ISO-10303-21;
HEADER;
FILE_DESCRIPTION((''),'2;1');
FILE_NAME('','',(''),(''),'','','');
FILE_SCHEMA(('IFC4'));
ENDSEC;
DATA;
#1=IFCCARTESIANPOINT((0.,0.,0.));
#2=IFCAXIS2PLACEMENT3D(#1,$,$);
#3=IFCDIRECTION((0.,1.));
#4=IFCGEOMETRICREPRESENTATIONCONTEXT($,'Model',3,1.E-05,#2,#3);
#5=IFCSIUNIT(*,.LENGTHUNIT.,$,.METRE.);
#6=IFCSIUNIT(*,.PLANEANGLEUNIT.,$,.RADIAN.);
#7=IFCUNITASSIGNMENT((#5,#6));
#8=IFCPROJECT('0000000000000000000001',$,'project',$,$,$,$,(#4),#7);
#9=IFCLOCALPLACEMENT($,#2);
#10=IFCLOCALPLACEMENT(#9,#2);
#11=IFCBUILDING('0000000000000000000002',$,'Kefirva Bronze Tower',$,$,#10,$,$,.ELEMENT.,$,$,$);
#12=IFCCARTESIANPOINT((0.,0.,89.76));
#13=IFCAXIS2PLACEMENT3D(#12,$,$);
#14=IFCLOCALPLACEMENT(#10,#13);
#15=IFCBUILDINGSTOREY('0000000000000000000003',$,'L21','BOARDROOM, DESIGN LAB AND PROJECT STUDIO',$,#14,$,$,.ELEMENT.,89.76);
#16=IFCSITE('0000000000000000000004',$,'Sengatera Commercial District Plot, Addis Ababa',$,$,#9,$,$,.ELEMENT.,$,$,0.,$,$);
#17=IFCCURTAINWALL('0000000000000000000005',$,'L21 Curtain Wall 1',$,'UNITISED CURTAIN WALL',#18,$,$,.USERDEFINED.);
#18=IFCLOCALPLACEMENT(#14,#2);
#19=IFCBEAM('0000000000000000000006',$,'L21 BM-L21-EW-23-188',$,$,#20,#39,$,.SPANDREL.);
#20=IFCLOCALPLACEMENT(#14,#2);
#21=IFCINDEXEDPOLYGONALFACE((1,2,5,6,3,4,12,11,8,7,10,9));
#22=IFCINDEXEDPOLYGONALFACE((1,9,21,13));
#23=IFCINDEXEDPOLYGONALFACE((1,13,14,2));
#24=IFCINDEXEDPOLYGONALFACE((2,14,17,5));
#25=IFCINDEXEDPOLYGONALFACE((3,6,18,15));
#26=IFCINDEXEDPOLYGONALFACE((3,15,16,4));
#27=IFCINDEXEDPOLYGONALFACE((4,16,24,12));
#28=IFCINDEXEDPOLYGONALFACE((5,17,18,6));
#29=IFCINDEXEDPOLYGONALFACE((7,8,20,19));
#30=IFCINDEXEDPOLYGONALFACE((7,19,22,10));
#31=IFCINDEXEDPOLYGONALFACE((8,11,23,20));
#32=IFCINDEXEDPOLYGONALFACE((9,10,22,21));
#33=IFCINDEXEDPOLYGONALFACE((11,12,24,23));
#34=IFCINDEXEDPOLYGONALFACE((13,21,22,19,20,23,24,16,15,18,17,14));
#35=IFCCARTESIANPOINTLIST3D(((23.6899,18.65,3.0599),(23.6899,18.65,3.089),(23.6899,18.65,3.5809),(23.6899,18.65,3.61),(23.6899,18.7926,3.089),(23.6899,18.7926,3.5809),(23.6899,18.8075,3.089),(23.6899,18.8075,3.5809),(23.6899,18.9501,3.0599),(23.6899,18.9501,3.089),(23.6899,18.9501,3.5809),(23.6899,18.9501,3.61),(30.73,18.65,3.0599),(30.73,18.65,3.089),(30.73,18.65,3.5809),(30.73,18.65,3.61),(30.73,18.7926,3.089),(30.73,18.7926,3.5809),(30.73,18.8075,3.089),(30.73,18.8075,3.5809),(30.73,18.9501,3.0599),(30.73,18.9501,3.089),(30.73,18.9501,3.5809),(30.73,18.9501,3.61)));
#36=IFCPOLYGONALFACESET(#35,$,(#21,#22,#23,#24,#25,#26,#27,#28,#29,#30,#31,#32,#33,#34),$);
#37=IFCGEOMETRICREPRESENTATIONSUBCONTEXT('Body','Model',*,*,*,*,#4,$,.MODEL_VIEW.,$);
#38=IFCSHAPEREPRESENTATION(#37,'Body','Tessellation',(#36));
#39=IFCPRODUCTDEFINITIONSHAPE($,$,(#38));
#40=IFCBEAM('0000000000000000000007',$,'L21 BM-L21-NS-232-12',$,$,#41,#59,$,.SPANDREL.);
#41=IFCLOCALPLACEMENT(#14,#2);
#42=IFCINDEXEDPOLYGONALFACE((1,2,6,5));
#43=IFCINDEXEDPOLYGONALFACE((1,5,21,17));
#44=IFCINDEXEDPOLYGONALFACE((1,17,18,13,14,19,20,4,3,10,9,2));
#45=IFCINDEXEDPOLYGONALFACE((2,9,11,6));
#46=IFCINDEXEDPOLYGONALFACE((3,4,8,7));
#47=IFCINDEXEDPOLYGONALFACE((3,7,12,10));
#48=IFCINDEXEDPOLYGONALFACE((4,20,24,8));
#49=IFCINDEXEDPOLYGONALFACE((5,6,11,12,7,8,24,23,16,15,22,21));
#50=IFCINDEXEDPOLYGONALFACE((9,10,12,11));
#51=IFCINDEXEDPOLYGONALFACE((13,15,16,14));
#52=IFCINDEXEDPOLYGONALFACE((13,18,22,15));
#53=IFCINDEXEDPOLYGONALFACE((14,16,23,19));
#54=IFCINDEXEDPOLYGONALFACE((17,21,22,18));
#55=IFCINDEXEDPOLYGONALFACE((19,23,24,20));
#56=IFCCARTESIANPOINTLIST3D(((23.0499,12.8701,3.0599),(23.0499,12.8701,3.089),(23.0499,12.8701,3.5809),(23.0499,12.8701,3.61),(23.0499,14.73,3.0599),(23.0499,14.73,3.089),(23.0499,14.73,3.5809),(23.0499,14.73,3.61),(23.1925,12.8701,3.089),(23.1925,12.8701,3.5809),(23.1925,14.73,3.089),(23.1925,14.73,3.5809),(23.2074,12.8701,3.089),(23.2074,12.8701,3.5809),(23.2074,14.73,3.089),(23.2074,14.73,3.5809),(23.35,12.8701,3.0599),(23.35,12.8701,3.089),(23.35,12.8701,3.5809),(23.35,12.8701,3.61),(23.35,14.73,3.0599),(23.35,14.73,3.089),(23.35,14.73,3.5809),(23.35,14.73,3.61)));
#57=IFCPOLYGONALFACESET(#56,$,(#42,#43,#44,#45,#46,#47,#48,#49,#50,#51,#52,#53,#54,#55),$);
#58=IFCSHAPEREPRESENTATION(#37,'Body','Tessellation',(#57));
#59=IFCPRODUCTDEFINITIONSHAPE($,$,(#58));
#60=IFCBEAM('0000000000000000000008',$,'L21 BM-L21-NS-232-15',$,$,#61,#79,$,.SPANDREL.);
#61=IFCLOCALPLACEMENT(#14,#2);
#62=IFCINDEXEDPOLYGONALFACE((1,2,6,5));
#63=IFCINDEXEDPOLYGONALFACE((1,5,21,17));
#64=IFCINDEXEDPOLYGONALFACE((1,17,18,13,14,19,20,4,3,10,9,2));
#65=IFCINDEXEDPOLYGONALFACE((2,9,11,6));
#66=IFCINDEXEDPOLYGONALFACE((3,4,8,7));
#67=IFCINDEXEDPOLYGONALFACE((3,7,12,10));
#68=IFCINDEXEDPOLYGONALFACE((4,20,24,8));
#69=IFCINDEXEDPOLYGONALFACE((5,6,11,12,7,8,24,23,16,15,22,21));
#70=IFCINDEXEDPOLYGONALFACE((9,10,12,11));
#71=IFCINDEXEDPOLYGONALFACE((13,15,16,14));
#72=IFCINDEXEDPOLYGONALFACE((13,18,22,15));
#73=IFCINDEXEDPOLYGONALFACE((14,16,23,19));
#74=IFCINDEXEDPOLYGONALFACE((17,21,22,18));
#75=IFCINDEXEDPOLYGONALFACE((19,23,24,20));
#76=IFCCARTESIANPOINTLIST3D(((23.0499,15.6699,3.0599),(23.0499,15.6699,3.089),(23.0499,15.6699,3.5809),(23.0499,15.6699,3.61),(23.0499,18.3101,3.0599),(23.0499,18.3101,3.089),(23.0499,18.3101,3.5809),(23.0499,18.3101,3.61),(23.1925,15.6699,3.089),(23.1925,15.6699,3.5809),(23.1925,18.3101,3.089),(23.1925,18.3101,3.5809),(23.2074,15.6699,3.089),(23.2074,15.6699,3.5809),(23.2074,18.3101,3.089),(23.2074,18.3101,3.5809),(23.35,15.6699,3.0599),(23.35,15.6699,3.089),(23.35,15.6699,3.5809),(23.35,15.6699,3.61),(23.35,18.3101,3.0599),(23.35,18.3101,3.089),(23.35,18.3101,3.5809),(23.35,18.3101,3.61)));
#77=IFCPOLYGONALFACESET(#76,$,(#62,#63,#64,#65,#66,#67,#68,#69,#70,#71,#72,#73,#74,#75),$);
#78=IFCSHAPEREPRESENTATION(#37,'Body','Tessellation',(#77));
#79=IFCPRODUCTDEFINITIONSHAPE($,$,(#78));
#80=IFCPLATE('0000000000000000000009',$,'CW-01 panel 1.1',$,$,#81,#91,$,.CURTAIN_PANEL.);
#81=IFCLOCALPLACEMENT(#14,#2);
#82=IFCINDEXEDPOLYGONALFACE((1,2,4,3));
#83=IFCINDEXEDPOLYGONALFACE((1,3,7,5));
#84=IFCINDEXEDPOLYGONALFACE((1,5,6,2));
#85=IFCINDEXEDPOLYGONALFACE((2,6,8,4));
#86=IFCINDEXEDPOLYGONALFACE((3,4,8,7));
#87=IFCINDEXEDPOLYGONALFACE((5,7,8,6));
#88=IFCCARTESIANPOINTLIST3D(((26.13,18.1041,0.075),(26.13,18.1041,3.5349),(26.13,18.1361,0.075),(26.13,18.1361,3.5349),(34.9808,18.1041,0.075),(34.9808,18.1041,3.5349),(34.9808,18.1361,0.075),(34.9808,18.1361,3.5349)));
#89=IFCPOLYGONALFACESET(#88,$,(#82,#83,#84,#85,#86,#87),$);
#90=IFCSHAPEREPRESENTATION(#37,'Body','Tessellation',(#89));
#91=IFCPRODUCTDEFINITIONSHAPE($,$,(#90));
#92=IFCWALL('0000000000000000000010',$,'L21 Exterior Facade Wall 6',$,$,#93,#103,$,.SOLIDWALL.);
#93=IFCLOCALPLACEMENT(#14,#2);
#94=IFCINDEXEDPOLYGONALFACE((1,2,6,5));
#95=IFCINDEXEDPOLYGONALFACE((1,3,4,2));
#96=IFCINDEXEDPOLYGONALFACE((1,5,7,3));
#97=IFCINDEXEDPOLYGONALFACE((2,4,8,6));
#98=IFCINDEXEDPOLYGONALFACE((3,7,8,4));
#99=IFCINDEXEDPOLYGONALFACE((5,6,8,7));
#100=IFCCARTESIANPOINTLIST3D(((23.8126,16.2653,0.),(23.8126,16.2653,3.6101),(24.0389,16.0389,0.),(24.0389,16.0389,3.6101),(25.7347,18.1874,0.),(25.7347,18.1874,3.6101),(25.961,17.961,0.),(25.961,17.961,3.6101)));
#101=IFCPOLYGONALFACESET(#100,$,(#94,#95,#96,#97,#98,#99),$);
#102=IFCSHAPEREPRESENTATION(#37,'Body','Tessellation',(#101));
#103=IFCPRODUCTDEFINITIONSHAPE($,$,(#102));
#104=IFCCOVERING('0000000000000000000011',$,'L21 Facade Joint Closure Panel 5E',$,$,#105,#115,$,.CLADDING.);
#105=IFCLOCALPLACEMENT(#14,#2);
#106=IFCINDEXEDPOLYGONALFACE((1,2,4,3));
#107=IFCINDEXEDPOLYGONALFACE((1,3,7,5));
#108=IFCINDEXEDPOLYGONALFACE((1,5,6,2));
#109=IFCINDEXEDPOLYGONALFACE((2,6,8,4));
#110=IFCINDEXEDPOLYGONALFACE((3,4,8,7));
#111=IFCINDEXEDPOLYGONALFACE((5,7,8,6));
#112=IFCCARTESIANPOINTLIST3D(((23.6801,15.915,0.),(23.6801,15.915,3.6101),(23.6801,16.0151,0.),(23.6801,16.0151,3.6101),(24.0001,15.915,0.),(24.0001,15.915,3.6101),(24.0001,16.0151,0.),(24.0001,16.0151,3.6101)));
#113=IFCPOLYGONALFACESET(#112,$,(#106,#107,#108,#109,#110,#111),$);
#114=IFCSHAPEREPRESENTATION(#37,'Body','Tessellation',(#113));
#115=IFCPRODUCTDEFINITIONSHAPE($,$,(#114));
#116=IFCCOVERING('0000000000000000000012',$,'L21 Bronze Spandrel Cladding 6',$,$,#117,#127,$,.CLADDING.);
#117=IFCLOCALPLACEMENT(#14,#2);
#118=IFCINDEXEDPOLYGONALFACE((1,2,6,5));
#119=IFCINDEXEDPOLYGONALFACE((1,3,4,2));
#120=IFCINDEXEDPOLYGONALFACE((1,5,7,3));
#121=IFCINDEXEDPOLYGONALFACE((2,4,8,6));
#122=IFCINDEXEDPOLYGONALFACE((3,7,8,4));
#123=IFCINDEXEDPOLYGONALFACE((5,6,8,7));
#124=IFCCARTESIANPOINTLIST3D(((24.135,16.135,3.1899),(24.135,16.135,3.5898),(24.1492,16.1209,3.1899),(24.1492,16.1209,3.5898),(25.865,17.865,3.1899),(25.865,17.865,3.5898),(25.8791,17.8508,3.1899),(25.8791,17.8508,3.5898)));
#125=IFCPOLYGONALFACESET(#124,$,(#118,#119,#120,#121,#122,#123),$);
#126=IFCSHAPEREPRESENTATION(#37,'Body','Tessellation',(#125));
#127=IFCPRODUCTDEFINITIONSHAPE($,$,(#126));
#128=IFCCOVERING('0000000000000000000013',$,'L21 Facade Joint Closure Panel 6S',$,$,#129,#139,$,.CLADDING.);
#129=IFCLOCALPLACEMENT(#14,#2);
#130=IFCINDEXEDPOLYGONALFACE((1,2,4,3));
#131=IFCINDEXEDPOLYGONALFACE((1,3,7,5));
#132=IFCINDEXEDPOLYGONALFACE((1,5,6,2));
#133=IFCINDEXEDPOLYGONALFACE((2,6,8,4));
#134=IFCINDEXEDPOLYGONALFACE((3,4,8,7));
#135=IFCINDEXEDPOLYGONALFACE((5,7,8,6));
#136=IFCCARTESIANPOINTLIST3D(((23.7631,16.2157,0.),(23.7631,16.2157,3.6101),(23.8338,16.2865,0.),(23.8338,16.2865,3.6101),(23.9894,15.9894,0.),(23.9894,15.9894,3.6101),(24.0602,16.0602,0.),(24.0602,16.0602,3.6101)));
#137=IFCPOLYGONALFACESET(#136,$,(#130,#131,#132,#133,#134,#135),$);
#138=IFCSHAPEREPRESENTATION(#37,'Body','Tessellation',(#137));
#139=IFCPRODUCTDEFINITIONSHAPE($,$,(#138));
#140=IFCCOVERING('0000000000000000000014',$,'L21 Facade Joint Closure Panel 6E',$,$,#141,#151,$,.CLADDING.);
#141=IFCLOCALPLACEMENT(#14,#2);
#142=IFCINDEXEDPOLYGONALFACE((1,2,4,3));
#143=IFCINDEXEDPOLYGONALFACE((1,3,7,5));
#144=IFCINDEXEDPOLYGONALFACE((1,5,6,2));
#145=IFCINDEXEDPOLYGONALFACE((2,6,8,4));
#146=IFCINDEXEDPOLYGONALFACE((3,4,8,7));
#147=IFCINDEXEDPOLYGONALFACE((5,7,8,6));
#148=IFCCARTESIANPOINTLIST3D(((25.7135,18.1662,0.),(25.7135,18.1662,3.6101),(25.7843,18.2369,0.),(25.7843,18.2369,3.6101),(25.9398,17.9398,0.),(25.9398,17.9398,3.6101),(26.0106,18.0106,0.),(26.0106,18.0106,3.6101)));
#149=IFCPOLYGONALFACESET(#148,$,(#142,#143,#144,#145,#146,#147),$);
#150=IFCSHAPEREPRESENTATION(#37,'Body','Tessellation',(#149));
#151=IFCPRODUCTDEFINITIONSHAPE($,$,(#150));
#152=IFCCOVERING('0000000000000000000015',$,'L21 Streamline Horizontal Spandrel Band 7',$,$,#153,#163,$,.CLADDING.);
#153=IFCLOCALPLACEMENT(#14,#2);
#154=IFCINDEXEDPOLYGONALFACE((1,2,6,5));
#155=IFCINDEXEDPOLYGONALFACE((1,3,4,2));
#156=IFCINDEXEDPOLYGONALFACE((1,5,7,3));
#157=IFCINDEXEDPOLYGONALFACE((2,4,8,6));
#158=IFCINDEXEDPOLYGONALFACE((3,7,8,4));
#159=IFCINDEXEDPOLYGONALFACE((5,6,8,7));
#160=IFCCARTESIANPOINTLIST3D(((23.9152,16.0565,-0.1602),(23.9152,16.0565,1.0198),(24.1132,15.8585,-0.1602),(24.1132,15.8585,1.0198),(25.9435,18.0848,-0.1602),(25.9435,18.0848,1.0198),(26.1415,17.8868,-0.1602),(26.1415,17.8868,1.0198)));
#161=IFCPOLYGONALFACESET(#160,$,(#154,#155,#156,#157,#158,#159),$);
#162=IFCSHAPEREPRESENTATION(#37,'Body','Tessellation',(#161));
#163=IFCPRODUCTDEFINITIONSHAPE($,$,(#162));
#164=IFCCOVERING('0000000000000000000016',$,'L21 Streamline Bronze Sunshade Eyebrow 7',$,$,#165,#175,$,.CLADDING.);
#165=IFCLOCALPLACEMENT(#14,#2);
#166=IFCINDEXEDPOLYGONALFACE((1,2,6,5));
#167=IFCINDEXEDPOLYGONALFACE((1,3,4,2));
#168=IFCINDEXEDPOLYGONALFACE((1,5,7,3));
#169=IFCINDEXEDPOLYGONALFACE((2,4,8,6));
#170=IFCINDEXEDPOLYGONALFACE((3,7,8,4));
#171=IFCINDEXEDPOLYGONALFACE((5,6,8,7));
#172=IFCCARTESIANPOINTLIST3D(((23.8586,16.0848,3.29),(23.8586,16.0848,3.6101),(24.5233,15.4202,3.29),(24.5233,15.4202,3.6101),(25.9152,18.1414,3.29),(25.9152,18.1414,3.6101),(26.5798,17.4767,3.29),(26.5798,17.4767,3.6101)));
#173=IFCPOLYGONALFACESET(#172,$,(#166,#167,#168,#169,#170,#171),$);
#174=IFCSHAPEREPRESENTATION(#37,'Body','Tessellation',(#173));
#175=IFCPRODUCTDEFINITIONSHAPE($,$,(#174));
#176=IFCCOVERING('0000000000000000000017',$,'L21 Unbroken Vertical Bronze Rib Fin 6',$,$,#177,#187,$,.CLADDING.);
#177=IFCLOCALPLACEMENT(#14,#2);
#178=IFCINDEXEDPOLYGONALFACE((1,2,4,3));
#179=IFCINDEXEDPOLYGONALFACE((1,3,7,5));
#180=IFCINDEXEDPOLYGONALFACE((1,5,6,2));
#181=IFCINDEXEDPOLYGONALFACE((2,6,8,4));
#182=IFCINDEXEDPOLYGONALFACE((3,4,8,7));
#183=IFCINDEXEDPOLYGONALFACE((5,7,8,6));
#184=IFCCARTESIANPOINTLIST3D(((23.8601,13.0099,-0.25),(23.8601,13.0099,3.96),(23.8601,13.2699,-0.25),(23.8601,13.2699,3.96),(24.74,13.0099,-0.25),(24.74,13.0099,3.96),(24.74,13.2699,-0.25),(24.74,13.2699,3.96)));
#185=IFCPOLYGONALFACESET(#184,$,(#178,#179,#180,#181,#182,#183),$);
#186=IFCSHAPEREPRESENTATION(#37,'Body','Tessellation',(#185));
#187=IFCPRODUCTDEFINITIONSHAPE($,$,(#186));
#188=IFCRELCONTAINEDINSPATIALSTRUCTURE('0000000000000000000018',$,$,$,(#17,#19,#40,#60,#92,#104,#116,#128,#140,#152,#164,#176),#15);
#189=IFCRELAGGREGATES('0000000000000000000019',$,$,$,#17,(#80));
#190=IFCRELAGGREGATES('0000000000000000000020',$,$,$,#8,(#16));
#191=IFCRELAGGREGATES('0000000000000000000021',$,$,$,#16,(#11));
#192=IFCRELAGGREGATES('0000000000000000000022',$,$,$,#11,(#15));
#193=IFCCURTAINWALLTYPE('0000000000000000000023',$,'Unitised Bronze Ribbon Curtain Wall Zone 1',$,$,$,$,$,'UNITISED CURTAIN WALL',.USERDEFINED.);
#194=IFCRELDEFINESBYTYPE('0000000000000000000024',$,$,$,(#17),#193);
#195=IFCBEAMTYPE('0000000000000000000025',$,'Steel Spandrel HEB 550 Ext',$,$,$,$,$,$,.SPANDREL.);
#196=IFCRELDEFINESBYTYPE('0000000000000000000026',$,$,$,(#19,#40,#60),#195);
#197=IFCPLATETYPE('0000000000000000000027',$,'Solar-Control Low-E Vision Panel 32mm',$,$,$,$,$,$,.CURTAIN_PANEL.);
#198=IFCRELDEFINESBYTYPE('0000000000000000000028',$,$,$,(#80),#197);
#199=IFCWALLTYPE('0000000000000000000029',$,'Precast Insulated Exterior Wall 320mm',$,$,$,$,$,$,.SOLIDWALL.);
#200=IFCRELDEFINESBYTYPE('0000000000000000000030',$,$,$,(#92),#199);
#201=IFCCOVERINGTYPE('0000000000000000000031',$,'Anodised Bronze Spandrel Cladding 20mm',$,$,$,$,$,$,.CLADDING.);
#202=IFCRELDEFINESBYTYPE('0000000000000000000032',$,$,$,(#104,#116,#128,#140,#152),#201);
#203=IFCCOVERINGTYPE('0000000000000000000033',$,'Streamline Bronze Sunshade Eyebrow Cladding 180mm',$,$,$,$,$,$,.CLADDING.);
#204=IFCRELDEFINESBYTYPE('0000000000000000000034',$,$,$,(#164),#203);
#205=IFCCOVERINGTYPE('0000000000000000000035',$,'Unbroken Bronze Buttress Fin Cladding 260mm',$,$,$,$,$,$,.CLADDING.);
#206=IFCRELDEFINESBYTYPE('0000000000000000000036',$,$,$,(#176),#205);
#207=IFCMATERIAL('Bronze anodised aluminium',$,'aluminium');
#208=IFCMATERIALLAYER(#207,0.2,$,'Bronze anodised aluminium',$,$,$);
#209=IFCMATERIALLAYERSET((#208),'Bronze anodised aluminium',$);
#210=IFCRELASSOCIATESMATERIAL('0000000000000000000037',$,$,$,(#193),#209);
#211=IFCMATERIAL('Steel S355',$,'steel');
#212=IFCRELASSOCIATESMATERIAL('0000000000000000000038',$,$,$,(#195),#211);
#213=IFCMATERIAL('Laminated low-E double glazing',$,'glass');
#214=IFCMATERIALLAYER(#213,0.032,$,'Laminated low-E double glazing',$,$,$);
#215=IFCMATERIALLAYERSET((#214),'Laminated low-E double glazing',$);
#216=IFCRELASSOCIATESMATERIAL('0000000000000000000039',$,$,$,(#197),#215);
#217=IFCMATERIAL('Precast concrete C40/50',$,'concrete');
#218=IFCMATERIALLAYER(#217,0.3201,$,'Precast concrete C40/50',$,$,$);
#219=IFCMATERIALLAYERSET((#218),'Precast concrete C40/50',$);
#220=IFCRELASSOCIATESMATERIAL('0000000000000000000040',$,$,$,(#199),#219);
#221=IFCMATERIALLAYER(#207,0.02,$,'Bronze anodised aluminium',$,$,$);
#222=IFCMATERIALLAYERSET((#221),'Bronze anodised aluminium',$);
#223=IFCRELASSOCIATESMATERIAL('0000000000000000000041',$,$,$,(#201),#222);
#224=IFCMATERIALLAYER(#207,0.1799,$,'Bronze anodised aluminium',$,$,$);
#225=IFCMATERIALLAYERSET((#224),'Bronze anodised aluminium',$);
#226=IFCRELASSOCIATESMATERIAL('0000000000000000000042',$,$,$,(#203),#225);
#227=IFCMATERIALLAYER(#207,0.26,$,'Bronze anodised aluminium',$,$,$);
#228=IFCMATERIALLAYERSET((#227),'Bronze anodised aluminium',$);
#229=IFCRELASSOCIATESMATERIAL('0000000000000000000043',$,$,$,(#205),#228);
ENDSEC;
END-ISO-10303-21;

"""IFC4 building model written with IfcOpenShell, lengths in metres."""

from ifc_helpers import new_model, si_unit, direction, frame, frame_2d, origin, origin_2d, place, context, subcontext, project, spatial, rectangle, i_section, extrude, material, layer, layer_set, material_profile, profile_set, type_object, element, aggregate, save


model = new_model("IFC4")

# Units and contexts
model_context = context("Model", 3, precision=1e-05, world=origin(), true_north=direction((0.0, 1.0)))
body_context = subcontext(model_context, "Body", "Model", "MODEL_VIEW")
ifc_project = project(units=[si_unit("LENGTHUNIT", "METRE"), si_unit("PLANEANGLEUNIT", "RADIAN")], contexts=[model_context])

# Site, building, storey
site_placement = place(None, origin())
site = spatial("IfcSite", under=ifc_project, at=site_placement, Name="Sengatera Commercial District Plot, Addis Ababa", CompositionType="ELEMENT", RefElevation=0.0)
building_placement = place(site_placement, origin())
building = spatial("IfcBuilding", under=site, at=building_placement, Name="Kefirva Bronze Tower", CompositionType="ELEMENT")
storey_placement = place(building_placement, frame((0.0, 0.0, 89.76)))
storey = spatial("IfcBuildingStorey", under=building, at=storey_placement, Name="L21", Description="BOARDROOM, DESIGN LAB AND PROJECT STUDIO", CompositionType="ELEMENT", Elevation=89.76)

# Curtain wall
ifc_material_1 = material(Name="Bronze anodised aluminium", Category="aluminium")
ifc_layer_1 = layer(ifc_material_1, 0.2, Name="Bronze anodised aluminium")
ifc_layer_set_1 = layer_set([ifc_layer_1], Name="Bronze anodised aluminium")
curtain_wall_type = type_object("IfcCurtainWallType", Name="Unitised Bronze Ribbon Curtain Wall Zone 1", ElementType="UNITISED CURTAIN WALL", PredefinedType="USERDEFINED", material=ifc_layer_set_1)
curtain_wall_placement = place(storey_placement, origin())
curtain_wall = element("IfcCurtainWall", 1, at=curtain_wall_placement, inside=storey, type_object=curtain_wall_type, Name="L21 Curtain Wall 1", ObjectType="UNITISED CURTAIN WALL", PredefinedType="USERDEFINED")

# Beams
ifc_material_2 = material(Name="Steel S355", Category="steel")
ifc_material_profile_1 = material_profile(ifc_material_2, i_section(OverallWidth=0.3, OverallDepth=0.55, WebThickness=0.0149, FlangeThickness=0.0291, at=origin_2d()), Name="HEB 550")
ifc_profile_set_1 = profile_set([ifc_material_profile_1], Name="Steel S355")
beam_type_1 = type_object("IfcBeamType", Name="Steel Spandrel HEB 550 Ext", PredefinedType="SPANDREL", material=ifc_profile_set_1)
beam_1_placement = place(storey_placement, frame((23.6899, 18.8, 3.335), z_axis=(1.0, 0.0, 0.0), x_axis=(0.0, 1.0, 0.0)))
element("IfcBeam", 2, at=beam_1_placement, inside=storey, type_object=beam_type_1, Name="L21 BM-L21-EW-23-188", PredefinedType="SPANDREL", context=body_context, shape_type="SweptSolid", body=[
    extrude(i_section(OverallWidth=0.3, OverallDepth=0.55, WebThickness=0.0149, FlangeThickness=0.0291, at=origin_2d()), origin(), (0.0, 0.0, 1.0), 7.04),
])
beam_2_placement = place(storey_placement, frame((23.2, 12.8701, 3.335), z_axis=(0.0, 1.0, 0.0), x_axis=(-1.0, 0.0, 0.0)))
element("IfcBeam", 3, at=beam_2_placement, inside=storey, type_object=beam_type_1, Name="L21 BM-L21-NS-232-12", PredefinedType="SPANDREL", context=body_context, shape_type="SweptSolid", body=[
    extrude(i_section(OverallWidth=0.3, OverallDepth=0.55, WebThickness=0.0149, FlangeThickness=0.0291, at=origin_2d()), origin(), (0.0, 0.0, 1.0), 1.8599),
])
beam_3_placement = place(storey_placement, frame((23.2, 15.6699, 3.335), z_axis=(0.0, 1.0, 0.0), x_axis=(-1.0, 0.0, 0.0)))
element("IfcBeam", 4, at=beam_3_placement, inside=storey, type_object=beam_type_1, Name="L21 BM-L21-NS-232-15", PredefinedType="SPANDREL", context=body_context, shape_type="SweptSolid", body=[
    extrude(i_section(OverallWidth=0.3, OverallDepth=0.55, WebThickness=0.0149, FlangeThickness=0.0291, at=origin_2d()), origin(), (0.0, 0.0, 1.0), 2.6401),
])

# Plate
ifc_material_3 = material(Name="Laminated low-E double glazing", Category="glass")
ifc_layer_2 = layer(ifc_material_3, 0.032, Name="Laminated low-E double glazing")
ifc_layer_set_2 = layer_set([ifc_layer_2], Name="Laminated low-E double glazing")
plate_type = type_object("IfcPlateType", Name="Solar-Control Low-E Vision Panel 32mm", PredefinedType="CURTAIN_PANEL", material=ifc_layer_set_2)
plate_placement = place(storey_placement, frame((30.5554, 18.1201, 0.075), z_axis=(0.0, 0.0, 1.0), x_axis=(1.0, 0.0, 0.0)))
plate = element("IfcPlate", 5, at=plate_placement, type_object=plate_type, Name="CW-01 panel 1.1", PredefinedType="CURTAIN_PANEL", context=body_context, shape_type="SweptSolid", body=[
    extrude(rectangle(XDim=8.8508, YDim=0.032, at=origin_2d()), origin(), (0.0, 0.0, 1.0), 3.46),
])
aggregate(curtain_wall, [plate])

# Wall
ifc_material_4 = material(Name="Precast concrete C40/50", Category="concrete")
ifc_layer_3 = layer(ifc_material_4, 0.3201, Name="Precast concrete C40/50")
ifc_layer_set_3 = layer_set([ifc_layer_3], Name="Precast concrete C40/50")
wall_type = type_object("IfcWallType", Name="Precast Insulated Exterior Wall 320mm", PredefinedType="SOLIDWALL", material=ifc_layer_set_3)
wall_placement = place(storey_placement, frame((23.9258, 16.1521, 0.0), z_axis=(0.0, 0.0, 1.0), x_axis=(0.707107, 0.707107, 0.0)))
element("IfcWall", 6, at=wall_placement, inside=storey, type_object=wall_type, Name="L21 Exterior Facade Wall 6", PredefinedType="SOLIDWALL", context=body_context, shape_type="SweptSolid", body=[
    extrude(rectangle(XDim=2.7183, YDim=0.3201, at=frame_2d((1.3591, 0.0))), origin(), (0.0, 0.0, 1.0), 3.6101),
])

# Coverings
ifc_layer_4 = layer(ifc_material_1, 0.02, Name="Bronze anodised aluminium")
ifc_layer_set_4 = layer_set([ifc_layer_4], Name="Bronze anodised aluminium")
covering_type_1 = type_object("IfcCoveringType", Name="Anodised Bronze Spandrel Cladding 20mm", PredefinedType="CLADDING", material=ifc_layer_set_4)
covering_1_placement = place(storey_placement, frame((23.8401, 15.9651, 0.0), z_axis=(0.0, 0.0, 1.0), x_axis=(0.0, 1.0, 0.0)))
element("IfcCovering", 7, at=covering_1_placement, inside=storey, type_object=covering_type_1, Name="L21 Facade Joint Closure Panel 5E", PredefinedType="CLADDING", context=body_context, shape_type="SweptSolid", body=[
    extrude(rectangle(XDim=0.1001, YDim=0.3201, at=origin_2d()), origin(), (0.0, 0.0, 1.0), 3.6101),
])
covering_2_placement = place(storey_placement, frame((25.0071, 16.9929, 3.1899), z_axis=(0.0, 0.0, 1.0), x_axis=(0.707107, 0.707107, 0.0)))
element("IfcCovering", 8, at=covering_2_placement, inside=storey, type_object=covering_type_1, Name="L21 Bronze Spandrel Cladding 6", PredefinedType="CLADDING", context=body_context, shape_type="SweptSolid", body=[
    extrude(rectangle(XDim=2.4465, YDim=0.02, at=origin_2d()), origin(), (0.0, 0.0, 1.0), 0.3999),
])
for number, where, z_axis, x_axis, name in (
    (9, (23.9116, 16.1379, 0.0), (0.0, 0.0, 1.0), (0.707107, 0.707107, 0.0), "L21 Facade Joint Closure Panel 6S"),
    (10, (25.8621, 18.0884, 0.0), (0.0, 0.0, 1.0), (0.707107, 0.707107, 0.0), "L21 Facade Joint Closure Panel 6E"),
):
    element("IfcCovering", number, at=place(storey_placement, frame(where, z_axis=z_axis, x_axis=x_axis)), inside=storey, type_object=covering_type_1, Name=name, PredefinedType="CLADDING", context=body_context, shape_type="SweptSolid", body=[
        extrude(rectangle(XDim=0.1001, YDim=0.3201, at=origin_2d()), origin(), (0.0, 0.0, 1.0), 3.6101),
    ])
covering_3_placement = place(storey_placement, frame((25.0283, 16.9717, -0.1602), z_axis=(0.0, 0.0, 1.0), x_axis=(0.707107, 0.707107, 0.0)))
element("IfcCovering", 11, at=covering_3_placement, inside=storey, type_object=covering_type_1, Name="L21 Streamline Horizontal Spandrel Band 7", PredefinedType="CLADDING", context=body_context, shape_type="SweptSolid", body=[
    extrude(rectangle(XDim=2.8684, YDim=0.28, at=origin_2d()), origin(), (0.0, 0.0, 1.0), 1.1799),
])
ifc_layer_5 = layer(ifc_material_1, 0.1799, Name="Bronze anodised aluminium")
ifc_layer_set_5 = layer_set([ifc_layer_5], Name="Bronze anodised aluminium")
covering_type_2 = type_object("IfcCoveringType", Name="Streamline Bronze Sunshade Eyebrow Cladding 180mm", PredefinedType="CLADDING", material=ifc_layer_set_5)
covering_4_placement = place(storey_placement, frame((25.2192, 16.7808, 3.29), z_axis=(0.0, 0.0, 1.0), x_axis=(0.707107, 0.707107, 0.0)))
element("IfcCovering", 12, at=covering_4_placement, inside=storey, type_object=covering_type_2, Name="L21 Streamline Bronze Sunshade Eyebrow 7", PredefinedType="CLADDING", context=body_context, shape_type="SweptSolid", body=[
    extrude(rectangle(XDim=2.9084, YDim=0.9399, at=origin_2d()), origin(), (0.0, 0.0, 1.0), 0.3201),
])
ifc_layer_6 = layer(ifc_material_1, 0.26, Name="Bronze anodised aluminium")
ifc_layer_set_6 = layer_set([ifc_layer_6], Name="Bronze anodised aluminium")
covering_type_3 = type_object("IfcCoveringType", Name="Unbroken Bronze Buttress Fin Cladding 260mm", PredefinedType="CLADDING", material=ifc_layer_set_6)
covering_5_placement = place(storey_placement, frame((24.3, 13.1399, -0.25), z_axis=(0.0, 0.0, 1.0), x_axis=(0.0, 1.0, 0.0)))
element("IfcCovering", 13, at=covering_5_placement, inside=storey, type_object=covering_type_3, Name="L21 Unbroken Vertical Bronze Rib Fin 6", PredefinedType="CLADDING", context=body_context, shape_type="SweptSolid", body=[
    extrude(rectangle(XDim=0.26, YDim=0.8799, at=origin_2d()), origin(), (0.0, 0.0, 1.0), 4.21),
])

save(model, "model.ifc")
